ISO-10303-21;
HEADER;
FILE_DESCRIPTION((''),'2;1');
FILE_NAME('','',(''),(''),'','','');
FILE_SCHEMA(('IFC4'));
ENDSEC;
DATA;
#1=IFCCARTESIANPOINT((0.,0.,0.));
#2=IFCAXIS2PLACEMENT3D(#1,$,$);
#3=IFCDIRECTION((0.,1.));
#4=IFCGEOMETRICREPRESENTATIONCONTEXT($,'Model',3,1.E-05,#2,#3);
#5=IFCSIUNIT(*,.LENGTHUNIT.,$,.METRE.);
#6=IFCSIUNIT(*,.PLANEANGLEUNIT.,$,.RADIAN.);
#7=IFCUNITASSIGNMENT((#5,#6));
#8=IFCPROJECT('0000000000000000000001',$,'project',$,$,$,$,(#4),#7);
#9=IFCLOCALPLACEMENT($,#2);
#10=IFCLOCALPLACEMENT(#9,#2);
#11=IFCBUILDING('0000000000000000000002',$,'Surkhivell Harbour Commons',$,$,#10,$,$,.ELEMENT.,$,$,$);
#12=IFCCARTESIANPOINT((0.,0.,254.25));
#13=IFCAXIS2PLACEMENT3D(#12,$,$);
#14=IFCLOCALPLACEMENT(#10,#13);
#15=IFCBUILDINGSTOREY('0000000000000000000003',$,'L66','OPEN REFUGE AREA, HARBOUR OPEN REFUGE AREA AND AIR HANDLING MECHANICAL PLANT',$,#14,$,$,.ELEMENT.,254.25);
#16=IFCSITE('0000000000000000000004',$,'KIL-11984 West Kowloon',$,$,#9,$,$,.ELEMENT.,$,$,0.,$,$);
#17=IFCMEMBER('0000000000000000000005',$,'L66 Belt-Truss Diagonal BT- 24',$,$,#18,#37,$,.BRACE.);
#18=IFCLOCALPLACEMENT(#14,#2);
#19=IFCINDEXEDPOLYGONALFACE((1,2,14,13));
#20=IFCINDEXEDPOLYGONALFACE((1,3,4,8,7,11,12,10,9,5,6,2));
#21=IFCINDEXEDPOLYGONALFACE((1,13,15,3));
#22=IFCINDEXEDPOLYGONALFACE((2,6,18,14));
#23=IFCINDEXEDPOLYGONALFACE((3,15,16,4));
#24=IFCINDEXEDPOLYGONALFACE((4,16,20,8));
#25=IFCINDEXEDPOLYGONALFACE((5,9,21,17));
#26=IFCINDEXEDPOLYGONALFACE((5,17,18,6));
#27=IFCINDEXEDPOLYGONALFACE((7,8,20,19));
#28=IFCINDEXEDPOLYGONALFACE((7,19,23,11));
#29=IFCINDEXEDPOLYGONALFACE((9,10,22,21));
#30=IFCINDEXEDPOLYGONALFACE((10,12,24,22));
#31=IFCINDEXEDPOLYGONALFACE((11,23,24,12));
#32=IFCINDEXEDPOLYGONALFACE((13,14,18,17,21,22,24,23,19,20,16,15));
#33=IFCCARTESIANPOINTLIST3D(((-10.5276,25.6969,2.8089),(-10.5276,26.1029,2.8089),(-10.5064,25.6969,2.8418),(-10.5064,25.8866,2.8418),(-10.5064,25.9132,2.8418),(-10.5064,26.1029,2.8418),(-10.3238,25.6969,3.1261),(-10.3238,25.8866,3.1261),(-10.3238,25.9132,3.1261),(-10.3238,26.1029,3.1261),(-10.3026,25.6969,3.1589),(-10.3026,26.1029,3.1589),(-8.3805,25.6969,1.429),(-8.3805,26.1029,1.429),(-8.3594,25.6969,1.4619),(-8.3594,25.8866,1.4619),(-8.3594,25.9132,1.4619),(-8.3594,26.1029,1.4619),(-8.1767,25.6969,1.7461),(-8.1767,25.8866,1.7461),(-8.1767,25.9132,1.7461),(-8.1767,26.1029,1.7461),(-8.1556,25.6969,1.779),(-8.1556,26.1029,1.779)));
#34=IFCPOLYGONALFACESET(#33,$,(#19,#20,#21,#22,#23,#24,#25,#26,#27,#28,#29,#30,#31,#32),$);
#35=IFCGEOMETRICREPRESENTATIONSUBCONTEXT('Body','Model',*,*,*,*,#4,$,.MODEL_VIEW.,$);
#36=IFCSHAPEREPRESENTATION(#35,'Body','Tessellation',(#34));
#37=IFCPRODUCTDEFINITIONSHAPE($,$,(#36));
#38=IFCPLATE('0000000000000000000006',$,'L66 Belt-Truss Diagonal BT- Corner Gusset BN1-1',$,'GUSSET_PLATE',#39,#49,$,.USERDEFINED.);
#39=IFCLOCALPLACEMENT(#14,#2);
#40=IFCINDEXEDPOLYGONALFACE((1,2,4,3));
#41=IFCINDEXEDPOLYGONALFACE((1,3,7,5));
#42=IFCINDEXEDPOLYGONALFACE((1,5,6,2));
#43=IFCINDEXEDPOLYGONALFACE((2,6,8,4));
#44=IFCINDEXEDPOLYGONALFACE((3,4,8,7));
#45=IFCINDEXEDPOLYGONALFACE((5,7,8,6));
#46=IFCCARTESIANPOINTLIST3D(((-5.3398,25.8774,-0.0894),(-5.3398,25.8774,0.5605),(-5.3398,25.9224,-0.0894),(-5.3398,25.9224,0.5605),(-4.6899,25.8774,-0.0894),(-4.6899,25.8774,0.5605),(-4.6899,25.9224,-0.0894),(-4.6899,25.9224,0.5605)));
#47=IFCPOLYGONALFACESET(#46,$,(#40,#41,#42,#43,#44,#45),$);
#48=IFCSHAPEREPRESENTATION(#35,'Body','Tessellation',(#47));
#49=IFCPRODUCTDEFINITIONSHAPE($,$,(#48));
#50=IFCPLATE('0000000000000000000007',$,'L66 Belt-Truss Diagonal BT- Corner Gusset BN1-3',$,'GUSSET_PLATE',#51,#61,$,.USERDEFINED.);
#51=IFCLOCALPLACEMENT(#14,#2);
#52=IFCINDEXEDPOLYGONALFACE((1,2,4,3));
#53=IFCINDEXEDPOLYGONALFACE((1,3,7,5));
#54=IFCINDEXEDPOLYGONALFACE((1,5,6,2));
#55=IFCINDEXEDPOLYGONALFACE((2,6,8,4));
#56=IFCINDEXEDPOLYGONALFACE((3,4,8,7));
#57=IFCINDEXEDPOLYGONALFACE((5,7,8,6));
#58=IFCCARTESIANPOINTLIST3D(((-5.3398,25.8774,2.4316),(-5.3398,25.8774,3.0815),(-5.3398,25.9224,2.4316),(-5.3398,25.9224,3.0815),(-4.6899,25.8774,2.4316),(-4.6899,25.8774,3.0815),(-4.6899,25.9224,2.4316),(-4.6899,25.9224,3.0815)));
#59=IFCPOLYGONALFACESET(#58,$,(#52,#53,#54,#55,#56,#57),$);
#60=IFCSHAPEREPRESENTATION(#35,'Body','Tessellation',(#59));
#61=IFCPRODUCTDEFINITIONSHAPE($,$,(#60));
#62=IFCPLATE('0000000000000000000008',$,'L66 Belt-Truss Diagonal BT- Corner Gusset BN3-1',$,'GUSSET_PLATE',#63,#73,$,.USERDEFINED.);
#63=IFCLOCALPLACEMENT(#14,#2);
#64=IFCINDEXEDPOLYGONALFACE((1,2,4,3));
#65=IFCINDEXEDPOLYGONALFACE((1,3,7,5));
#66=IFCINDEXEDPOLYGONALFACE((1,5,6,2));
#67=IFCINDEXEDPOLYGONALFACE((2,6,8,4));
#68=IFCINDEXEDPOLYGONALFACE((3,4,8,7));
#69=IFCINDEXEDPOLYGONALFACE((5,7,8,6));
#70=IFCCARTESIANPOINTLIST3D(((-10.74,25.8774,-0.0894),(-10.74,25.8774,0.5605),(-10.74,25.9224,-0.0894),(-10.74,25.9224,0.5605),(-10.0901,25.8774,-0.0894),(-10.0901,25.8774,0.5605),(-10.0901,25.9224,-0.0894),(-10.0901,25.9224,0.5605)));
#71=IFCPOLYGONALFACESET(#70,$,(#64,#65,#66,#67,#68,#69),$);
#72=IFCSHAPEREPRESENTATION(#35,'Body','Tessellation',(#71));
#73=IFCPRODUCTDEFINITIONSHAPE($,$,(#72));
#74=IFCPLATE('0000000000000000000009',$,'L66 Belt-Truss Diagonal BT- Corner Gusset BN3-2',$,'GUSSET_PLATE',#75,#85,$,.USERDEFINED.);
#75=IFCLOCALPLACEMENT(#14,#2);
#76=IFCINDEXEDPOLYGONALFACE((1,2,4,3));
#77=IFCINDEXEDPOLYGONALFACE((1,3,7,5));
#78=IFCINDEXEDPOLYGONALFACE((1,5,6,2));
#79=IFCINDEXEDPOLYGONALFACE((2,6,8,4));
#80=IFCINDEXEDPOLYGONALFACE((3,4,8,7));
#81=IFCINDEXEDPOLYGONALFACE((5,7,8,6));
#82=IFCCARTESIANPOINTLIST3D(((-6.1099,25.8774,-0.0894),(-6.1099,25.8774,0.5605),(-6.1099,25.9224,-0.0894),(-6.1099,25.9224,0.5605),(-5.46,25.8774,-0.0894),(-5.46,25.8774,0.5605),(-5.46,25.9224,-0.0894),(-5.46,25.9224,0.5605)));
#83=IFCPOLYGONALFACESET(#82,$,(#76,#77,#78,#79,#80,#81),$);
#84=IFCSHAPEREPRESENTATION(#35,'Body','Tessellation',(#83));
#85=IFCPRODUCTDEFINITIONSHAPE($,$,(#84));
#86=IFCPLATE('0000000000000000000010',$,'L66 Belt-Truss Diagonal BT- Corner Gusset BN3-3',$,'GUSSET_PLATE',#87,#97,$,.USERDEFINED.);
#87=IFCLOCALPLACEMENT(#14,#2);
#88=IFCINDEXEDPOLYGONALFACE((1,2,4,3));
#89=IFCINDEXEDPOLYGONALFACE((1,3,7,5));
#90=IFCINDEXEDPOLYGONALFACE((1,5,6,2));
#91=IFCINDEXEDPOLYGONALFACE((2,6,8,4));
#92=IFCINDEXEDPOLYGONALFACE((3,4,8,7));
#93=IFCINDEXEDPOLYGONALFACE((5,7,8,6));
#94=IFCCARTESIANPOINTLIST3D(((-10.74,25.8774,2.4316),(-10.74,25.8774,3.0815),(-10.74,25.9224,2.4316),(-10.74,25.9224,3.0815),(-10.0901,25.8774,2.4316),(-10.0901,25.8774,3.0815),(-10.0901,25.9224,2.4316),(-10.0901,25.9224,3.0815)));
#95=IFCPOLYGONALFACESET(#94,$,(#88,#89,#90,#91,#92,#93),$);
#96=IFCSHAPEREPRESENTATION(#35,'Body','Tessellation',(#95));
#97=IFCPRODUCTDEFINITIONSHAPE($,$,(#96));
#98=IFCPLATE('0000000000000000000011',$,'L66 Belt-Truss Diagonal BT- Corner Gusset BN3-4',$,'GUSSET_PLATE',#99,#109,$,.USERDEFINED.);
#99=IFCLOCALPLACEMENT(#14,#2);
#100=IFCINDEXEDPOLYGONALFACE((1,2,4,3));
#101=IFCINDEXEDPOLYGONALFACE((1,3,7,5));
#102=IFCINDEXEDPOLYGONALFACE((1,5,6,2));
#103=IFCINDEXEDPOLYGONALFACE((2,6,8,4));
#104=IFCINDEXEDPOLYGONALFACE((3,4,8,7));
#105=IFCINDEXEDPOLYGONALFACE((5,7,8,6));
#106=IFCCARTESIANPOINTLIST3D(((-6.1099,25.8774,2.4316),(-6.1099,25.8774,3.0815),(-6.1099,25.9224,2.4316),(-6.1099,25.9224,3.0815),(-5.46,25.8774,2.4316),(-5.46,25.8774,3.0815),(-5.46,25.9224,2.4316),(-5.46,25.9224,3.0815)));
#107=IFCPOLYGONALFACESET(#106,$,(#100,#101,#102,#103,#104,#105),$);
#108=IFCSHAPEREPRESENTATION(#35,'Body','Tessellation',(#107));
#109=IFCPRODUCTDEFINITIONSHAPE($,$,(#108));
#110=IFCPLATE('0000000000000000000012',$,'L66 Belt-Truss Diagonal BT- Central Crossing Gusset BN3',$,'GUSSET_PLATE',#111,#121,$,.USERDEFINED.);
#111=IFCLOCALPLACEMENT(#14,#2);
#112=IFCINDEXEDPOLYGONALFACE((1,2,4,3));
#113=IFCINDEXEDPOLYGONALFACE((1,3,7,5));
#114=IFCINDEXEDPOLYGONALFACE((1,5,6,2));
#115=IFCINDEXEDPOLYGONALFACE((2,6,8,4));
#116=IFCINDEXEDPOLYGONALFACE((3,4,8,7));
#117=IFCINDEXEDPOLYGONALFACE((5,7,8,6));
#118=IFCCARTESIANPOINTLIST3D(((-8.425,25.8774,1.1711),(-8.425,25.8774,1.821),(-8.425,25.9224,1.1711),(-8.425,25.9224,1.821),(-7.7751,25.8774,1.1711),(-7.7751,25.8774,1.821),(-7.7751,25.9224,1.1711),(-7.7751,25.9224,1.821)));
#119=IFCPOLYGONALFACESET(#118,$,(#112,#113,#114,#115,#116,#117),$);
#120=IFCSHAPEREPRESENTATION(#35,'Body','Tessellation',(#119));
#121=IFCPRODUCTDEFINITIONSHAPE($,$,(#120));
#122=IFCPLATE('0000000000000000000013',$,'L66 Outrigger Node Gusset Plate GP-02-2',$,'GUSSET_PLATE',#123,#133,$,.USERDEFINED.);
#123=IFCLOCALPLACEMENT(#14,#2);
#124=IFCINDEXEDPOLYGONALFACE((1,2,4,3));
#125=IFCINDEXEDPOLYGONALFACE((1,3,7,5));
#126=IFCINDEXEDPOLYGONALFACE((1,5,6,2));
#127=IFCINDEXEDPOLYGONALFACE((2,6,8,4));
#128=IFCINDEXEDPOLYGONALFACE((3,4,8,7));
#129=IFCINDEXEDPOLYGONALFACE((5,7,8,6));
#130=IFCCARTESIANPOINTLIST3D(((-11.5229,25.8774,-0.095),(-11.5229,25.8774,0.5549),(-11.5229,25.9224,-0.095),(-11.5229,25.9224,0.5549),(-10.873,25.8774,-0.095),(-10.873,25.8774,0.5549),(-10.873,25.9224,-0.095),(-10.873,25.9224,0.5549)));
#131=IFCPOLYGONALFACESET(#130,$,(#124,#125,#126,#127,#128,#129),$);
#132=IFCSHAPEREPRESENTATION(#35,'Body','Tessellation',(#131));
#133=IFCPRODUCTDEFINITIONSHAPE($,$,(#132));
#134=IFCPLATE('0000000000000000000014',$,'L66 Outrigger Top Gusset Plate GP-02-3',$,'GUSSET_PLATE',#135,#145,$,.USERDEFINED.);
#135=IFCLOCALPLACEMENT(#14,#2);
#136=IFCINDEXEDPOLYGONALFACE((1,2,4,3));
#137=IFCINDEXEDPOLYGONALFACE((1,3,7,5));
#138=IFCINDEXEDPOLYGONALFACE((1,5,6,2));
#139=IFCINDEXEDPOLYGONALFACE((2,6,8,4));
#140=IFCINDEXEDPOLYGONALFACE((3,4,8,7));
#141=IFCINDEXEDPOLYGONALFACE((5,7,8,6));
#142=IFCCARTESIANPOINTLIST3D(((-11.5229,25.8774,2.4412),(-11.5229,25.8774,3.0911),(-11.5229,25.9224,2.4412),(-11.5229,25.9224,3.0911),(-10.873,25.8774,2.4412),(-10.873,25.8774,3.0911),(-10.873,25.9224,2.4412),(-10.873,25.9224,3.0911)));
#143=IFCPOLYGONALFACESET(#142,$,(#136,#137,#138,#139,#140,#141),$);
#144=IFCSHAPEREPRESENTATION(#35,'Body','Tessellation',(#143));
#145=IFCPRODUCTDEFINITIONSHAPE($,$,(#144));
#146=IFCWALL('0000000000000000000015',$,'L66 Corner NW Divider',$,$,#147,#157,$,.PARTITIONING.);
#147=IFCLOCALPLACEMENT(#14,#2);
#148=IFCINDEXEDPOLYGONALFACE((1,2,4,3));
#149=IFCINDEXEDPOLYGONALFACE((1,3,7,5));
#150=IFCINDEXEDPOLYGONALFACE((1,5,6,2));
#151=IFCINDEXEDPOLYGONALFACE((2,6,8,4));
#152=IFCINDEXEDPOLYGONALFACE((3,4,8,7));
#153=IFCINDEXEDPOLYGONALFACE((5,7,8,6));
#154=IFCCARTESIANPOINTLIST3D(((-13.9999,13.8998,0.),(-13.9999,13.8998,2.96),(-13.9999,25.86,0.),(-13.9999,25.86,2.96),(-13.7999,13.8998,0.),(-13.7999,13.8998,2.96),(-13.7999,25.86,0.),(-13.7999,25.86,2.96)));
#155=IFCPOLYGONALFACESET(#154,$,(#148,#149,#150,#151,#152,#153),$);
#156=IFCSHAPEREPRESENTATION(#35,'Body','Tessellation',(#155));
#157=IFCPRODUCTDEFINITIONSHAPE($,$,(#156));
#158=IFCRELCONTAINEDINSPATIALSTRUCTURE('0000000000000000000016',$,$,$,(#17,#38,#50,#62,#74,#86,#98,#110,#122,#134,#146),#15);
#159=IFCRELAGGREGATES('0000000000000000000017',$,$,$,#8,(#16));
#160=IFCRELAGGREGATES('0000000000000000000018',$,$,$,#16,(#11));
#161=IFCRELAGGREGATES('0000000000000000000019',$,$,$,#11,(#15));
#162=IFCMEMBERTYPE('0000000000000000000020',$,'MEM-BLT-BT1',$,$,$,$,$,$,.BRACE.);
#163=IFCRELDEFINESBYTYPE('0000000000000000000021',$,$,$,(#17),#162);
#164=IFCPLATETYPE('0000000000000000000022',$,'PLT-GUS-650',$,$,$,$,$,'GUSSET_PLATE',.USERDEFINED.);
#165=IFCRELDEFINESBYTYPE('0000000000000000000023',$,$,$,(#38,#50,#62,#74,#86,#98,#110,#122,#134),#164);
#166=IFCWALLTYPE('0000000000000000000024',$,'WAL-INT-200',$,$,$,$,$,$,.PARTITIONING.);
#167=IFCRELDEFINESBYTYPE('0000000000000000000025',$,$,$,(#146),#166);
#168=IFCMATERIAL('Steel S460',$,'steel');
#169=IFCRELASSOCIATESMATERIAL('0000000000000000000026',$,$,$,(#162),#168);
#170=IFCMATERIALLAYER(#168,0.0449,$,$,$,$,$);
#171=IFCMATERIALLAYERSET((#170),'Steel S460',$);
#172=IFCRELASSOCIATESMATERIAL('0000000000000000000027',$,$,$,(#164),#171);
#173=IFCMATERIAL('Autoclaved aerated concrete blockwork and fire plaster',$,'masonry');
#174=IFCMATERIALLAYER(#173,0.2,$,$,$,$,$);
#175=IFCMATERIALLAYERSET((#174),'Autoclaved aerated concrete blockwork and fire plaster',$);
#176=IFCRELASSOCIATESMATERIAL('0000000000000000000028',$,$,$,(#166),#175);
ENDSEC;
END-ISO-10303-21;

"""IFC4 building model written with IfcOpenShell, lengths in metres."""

from ifc_helpers import new_model, si_unit, direction, frame, frame_2d, origin, origin_2d, place, context, subcontext, project, spatial, rectangle, i_section, extrude, material, layer, layer_set, material_profile, profile_set, type_object, element, save


model = new_model("IFC4")

# Units and contexts
model_context = context("Model", 3, precision=1e-05, world=origin(), true_north=direction((0.0, 1.0)))
body_context = subcontext(model_context, "Body", "Model", "MODEL_VIEW")
ifc_project = project(units=[si_unit("LENGTHUNIT", "METRE"), si_unit("PLANEANGLEUNIT", "RADIAN")], contexts=[model_context])

# Site, building, storey
site_placement = place(None, origin())
site = spatial("IfcSite", under=ifc_project, at=site_placement, Name="KIL-11984 West Kowloon", CompositionType="ELEMENT", RefElevation=0.0)
building_placement = place(site_placement, origin())
building = spatial("IfcBuilding", under=site, at=building_placement, Name="Surkhivell Harbour Commons", CompositionType="ELEMENT")
storey_placement = place(building_placement, frame((0.0, 0.0, 254.25)))
storey = spatial("IfcBuildingStorey", under=building, at=storey_placement, Name="L66", Description="OPEN REFUGE AREA, HARBOUR OPEN REFUGE AREA AND AIR HANDLING MECHANICAL PLANT", CompositionType="ELEMENT", Elevation=254.25)

# Shared definitions
ifc_material_1 = material(Name="Steel S460", Category="steel")

# Member
ifc_material_profile_1 = material_profile(ifc_material_1, i_section(OverallWidth=0.406, OverallDepth=0.416, WebThickness=0.0266, FlangeThickness=0.0391, at=origin_2d()), Name="HD400x382")
ifc_profile_set_1 = profile_set([ifc_material_profile_1], Name="Steel S460")
member_type = type_object("IfcMemberType", Name="MEM-BLT-BT1", PredefinedType="BRACE", material=ifc_profile_set_1)
for number, where, z_axis, x_axis, name in (
    (1, (-8.2681, 25.8999, 1.604), (-0.841234, 0.0, 0.540671), (0.0, -1.0, 0.0), "L66 Belt-Truss Diagonal BT- 24"),
):
    element("IfcMember", number, at=place(storey_placement, frame(where, z_axis=z_axis, x_axis=x_axis)), inside=storey, type_object=member_type, Name=name, PredefinedType="BRACE", context=body_context, shape_type="SweptSolid", body=[
        extrude(i_section(OverallWidth=0.406, OverallDepth=0.416, WebThickness=0.0266, FlangeThickness=0.0391, at=origin_2d()), origin(), (0.0, 0.0, 1.0), 2.5522),
    ])

# Plates
ifc_layer_1 = layer(ifc_material_1, 0.0449)
ifc_layer_set_1 = layer_set([ifc_layer_1], Name="Steel S460")
plate_type = type_object("IfcPlateType", Name="PLT-GUS-650", ElementType="GUSSET_PLATE", PredefinedType="USERDEFINED", material=ifc_layer_set_1)
for number, where, z_axis, x_axis, name in (
    (2, (-5.0149, 25.8999, -0.0894), (0.0, 0.0, 1.0), (1.0, 0.0, 0.0), "L66 Belt-Truss Diagonal BT- Corner Gusset BN1-1"),
    (3, (-5.0149, 25.8999, 2.4316), (0.0, 0.0, 1.0), (1.0, 0.0, 0.0), "L66 Belt-Truss Diagonal BT- Corner Gusset BN1-3"),
    (4, (-10.415, 25.8999, -0.0894), (0.0, 0.0, 1.0), (1.0, 0.0, 0.0), "L66 Belt-Truss Diagonal BT- Corner Gusset BN3-1"),
    (5, (-5.7849, 25.8999, -0.0894), (0.0, 0.0, 1.0), (1.0, 0.0, 0.0), "L66 Belt-Truss Diagonal BT- Corner Gusset BN3-2"),
    (6, (-10.415, 25.8999, 2.4316), (0.0, 0.0, 1.0), (1.0, 0.0, 0.0), "L66 Belt-Truss Diagonal BT- Corner Gusset BN3-3"),
    (7, (-5.7849, 25.8999, 2.4316), (0.0, 0.0, 1.0), (1.0, 0.0, 0.0), "L66 Belt-Truss Diagonal BT- Corner Gusset BN3-4"),
    (8, (-8.1001, 25.8999, 1.1711), (0.0, 0.0, 1.0), (1.0, 0.0, 0.0), "L66 Belt-Truss Diagonal BT- Central Crossing Gusset BN3"),
    (9, (-11.198, 25.8999, -0.095), (0.0, 0.0, 1.0), (1.0, 0.0, 0.0), "L66 Outrigger Node Gusset Plate GP-02-2"),
    (10, (-11.198, 25.8999, 2.4412), (0.0, 0.0, 1.0), (1.0, 0.0, 0.0), "L66 Outrigger Top Gusset Plate GP-02-3"),
):
    element("IfcPlate", number, at=place(storey_placement, frame(where, z_axis=z_axis, x_axis=x_axis)), inside=storey, type_object=plate_type, Name=name, ObjectType="GUSSET_PLATE", PredefinedType="USERDEFINED", context=body_context, shape_type="SweptSolid", body=[
        extrude(rectangle(XDim=0.6499, YDim=0.0449, at=origin_2d()), origin(), (0.0, 0.0, 1.0), 0.6499),
    ])

# Wall
ifc_material_2 = material(Name="Autoclaved aerated concrete blockwork and fire plaster", Category="masonry")
ifc_layer_2 = layer(ifc_material_2, 0.2)
ifc_layer_set_2 = layer_set([ifc_layer_2], Name="Autoclaved aerated concrete blockwork and fire plaster")
wall_type = type_object("IfcWallType", Name="WAL-INT-200", PredefinedType="PARTITIONING", material=ifc_layer_set_2)
wall_placement = place(storey_placement, frame((-13.8999, 13.8999, 0.0), z_axis=(0.0, 0.0, 1.0), x_axis=(0.0, 1.0, 0.0)))
element("IfcWall", 11, at=wall_placement, inside=storey, type_object=wall_type, Name="L66 Corner NW Divider", PredefinedType="PARTITIONING", context=body_context, shape_type="SweptSolid", body=[
    extrude(rectangle(XDim=11.9602, YDim=0.2, at=frame_2d((5.98, 0.0))), origin(), (0.0, 0.0, 1.0), 2.96),
])

save(model, "model.ifc")
